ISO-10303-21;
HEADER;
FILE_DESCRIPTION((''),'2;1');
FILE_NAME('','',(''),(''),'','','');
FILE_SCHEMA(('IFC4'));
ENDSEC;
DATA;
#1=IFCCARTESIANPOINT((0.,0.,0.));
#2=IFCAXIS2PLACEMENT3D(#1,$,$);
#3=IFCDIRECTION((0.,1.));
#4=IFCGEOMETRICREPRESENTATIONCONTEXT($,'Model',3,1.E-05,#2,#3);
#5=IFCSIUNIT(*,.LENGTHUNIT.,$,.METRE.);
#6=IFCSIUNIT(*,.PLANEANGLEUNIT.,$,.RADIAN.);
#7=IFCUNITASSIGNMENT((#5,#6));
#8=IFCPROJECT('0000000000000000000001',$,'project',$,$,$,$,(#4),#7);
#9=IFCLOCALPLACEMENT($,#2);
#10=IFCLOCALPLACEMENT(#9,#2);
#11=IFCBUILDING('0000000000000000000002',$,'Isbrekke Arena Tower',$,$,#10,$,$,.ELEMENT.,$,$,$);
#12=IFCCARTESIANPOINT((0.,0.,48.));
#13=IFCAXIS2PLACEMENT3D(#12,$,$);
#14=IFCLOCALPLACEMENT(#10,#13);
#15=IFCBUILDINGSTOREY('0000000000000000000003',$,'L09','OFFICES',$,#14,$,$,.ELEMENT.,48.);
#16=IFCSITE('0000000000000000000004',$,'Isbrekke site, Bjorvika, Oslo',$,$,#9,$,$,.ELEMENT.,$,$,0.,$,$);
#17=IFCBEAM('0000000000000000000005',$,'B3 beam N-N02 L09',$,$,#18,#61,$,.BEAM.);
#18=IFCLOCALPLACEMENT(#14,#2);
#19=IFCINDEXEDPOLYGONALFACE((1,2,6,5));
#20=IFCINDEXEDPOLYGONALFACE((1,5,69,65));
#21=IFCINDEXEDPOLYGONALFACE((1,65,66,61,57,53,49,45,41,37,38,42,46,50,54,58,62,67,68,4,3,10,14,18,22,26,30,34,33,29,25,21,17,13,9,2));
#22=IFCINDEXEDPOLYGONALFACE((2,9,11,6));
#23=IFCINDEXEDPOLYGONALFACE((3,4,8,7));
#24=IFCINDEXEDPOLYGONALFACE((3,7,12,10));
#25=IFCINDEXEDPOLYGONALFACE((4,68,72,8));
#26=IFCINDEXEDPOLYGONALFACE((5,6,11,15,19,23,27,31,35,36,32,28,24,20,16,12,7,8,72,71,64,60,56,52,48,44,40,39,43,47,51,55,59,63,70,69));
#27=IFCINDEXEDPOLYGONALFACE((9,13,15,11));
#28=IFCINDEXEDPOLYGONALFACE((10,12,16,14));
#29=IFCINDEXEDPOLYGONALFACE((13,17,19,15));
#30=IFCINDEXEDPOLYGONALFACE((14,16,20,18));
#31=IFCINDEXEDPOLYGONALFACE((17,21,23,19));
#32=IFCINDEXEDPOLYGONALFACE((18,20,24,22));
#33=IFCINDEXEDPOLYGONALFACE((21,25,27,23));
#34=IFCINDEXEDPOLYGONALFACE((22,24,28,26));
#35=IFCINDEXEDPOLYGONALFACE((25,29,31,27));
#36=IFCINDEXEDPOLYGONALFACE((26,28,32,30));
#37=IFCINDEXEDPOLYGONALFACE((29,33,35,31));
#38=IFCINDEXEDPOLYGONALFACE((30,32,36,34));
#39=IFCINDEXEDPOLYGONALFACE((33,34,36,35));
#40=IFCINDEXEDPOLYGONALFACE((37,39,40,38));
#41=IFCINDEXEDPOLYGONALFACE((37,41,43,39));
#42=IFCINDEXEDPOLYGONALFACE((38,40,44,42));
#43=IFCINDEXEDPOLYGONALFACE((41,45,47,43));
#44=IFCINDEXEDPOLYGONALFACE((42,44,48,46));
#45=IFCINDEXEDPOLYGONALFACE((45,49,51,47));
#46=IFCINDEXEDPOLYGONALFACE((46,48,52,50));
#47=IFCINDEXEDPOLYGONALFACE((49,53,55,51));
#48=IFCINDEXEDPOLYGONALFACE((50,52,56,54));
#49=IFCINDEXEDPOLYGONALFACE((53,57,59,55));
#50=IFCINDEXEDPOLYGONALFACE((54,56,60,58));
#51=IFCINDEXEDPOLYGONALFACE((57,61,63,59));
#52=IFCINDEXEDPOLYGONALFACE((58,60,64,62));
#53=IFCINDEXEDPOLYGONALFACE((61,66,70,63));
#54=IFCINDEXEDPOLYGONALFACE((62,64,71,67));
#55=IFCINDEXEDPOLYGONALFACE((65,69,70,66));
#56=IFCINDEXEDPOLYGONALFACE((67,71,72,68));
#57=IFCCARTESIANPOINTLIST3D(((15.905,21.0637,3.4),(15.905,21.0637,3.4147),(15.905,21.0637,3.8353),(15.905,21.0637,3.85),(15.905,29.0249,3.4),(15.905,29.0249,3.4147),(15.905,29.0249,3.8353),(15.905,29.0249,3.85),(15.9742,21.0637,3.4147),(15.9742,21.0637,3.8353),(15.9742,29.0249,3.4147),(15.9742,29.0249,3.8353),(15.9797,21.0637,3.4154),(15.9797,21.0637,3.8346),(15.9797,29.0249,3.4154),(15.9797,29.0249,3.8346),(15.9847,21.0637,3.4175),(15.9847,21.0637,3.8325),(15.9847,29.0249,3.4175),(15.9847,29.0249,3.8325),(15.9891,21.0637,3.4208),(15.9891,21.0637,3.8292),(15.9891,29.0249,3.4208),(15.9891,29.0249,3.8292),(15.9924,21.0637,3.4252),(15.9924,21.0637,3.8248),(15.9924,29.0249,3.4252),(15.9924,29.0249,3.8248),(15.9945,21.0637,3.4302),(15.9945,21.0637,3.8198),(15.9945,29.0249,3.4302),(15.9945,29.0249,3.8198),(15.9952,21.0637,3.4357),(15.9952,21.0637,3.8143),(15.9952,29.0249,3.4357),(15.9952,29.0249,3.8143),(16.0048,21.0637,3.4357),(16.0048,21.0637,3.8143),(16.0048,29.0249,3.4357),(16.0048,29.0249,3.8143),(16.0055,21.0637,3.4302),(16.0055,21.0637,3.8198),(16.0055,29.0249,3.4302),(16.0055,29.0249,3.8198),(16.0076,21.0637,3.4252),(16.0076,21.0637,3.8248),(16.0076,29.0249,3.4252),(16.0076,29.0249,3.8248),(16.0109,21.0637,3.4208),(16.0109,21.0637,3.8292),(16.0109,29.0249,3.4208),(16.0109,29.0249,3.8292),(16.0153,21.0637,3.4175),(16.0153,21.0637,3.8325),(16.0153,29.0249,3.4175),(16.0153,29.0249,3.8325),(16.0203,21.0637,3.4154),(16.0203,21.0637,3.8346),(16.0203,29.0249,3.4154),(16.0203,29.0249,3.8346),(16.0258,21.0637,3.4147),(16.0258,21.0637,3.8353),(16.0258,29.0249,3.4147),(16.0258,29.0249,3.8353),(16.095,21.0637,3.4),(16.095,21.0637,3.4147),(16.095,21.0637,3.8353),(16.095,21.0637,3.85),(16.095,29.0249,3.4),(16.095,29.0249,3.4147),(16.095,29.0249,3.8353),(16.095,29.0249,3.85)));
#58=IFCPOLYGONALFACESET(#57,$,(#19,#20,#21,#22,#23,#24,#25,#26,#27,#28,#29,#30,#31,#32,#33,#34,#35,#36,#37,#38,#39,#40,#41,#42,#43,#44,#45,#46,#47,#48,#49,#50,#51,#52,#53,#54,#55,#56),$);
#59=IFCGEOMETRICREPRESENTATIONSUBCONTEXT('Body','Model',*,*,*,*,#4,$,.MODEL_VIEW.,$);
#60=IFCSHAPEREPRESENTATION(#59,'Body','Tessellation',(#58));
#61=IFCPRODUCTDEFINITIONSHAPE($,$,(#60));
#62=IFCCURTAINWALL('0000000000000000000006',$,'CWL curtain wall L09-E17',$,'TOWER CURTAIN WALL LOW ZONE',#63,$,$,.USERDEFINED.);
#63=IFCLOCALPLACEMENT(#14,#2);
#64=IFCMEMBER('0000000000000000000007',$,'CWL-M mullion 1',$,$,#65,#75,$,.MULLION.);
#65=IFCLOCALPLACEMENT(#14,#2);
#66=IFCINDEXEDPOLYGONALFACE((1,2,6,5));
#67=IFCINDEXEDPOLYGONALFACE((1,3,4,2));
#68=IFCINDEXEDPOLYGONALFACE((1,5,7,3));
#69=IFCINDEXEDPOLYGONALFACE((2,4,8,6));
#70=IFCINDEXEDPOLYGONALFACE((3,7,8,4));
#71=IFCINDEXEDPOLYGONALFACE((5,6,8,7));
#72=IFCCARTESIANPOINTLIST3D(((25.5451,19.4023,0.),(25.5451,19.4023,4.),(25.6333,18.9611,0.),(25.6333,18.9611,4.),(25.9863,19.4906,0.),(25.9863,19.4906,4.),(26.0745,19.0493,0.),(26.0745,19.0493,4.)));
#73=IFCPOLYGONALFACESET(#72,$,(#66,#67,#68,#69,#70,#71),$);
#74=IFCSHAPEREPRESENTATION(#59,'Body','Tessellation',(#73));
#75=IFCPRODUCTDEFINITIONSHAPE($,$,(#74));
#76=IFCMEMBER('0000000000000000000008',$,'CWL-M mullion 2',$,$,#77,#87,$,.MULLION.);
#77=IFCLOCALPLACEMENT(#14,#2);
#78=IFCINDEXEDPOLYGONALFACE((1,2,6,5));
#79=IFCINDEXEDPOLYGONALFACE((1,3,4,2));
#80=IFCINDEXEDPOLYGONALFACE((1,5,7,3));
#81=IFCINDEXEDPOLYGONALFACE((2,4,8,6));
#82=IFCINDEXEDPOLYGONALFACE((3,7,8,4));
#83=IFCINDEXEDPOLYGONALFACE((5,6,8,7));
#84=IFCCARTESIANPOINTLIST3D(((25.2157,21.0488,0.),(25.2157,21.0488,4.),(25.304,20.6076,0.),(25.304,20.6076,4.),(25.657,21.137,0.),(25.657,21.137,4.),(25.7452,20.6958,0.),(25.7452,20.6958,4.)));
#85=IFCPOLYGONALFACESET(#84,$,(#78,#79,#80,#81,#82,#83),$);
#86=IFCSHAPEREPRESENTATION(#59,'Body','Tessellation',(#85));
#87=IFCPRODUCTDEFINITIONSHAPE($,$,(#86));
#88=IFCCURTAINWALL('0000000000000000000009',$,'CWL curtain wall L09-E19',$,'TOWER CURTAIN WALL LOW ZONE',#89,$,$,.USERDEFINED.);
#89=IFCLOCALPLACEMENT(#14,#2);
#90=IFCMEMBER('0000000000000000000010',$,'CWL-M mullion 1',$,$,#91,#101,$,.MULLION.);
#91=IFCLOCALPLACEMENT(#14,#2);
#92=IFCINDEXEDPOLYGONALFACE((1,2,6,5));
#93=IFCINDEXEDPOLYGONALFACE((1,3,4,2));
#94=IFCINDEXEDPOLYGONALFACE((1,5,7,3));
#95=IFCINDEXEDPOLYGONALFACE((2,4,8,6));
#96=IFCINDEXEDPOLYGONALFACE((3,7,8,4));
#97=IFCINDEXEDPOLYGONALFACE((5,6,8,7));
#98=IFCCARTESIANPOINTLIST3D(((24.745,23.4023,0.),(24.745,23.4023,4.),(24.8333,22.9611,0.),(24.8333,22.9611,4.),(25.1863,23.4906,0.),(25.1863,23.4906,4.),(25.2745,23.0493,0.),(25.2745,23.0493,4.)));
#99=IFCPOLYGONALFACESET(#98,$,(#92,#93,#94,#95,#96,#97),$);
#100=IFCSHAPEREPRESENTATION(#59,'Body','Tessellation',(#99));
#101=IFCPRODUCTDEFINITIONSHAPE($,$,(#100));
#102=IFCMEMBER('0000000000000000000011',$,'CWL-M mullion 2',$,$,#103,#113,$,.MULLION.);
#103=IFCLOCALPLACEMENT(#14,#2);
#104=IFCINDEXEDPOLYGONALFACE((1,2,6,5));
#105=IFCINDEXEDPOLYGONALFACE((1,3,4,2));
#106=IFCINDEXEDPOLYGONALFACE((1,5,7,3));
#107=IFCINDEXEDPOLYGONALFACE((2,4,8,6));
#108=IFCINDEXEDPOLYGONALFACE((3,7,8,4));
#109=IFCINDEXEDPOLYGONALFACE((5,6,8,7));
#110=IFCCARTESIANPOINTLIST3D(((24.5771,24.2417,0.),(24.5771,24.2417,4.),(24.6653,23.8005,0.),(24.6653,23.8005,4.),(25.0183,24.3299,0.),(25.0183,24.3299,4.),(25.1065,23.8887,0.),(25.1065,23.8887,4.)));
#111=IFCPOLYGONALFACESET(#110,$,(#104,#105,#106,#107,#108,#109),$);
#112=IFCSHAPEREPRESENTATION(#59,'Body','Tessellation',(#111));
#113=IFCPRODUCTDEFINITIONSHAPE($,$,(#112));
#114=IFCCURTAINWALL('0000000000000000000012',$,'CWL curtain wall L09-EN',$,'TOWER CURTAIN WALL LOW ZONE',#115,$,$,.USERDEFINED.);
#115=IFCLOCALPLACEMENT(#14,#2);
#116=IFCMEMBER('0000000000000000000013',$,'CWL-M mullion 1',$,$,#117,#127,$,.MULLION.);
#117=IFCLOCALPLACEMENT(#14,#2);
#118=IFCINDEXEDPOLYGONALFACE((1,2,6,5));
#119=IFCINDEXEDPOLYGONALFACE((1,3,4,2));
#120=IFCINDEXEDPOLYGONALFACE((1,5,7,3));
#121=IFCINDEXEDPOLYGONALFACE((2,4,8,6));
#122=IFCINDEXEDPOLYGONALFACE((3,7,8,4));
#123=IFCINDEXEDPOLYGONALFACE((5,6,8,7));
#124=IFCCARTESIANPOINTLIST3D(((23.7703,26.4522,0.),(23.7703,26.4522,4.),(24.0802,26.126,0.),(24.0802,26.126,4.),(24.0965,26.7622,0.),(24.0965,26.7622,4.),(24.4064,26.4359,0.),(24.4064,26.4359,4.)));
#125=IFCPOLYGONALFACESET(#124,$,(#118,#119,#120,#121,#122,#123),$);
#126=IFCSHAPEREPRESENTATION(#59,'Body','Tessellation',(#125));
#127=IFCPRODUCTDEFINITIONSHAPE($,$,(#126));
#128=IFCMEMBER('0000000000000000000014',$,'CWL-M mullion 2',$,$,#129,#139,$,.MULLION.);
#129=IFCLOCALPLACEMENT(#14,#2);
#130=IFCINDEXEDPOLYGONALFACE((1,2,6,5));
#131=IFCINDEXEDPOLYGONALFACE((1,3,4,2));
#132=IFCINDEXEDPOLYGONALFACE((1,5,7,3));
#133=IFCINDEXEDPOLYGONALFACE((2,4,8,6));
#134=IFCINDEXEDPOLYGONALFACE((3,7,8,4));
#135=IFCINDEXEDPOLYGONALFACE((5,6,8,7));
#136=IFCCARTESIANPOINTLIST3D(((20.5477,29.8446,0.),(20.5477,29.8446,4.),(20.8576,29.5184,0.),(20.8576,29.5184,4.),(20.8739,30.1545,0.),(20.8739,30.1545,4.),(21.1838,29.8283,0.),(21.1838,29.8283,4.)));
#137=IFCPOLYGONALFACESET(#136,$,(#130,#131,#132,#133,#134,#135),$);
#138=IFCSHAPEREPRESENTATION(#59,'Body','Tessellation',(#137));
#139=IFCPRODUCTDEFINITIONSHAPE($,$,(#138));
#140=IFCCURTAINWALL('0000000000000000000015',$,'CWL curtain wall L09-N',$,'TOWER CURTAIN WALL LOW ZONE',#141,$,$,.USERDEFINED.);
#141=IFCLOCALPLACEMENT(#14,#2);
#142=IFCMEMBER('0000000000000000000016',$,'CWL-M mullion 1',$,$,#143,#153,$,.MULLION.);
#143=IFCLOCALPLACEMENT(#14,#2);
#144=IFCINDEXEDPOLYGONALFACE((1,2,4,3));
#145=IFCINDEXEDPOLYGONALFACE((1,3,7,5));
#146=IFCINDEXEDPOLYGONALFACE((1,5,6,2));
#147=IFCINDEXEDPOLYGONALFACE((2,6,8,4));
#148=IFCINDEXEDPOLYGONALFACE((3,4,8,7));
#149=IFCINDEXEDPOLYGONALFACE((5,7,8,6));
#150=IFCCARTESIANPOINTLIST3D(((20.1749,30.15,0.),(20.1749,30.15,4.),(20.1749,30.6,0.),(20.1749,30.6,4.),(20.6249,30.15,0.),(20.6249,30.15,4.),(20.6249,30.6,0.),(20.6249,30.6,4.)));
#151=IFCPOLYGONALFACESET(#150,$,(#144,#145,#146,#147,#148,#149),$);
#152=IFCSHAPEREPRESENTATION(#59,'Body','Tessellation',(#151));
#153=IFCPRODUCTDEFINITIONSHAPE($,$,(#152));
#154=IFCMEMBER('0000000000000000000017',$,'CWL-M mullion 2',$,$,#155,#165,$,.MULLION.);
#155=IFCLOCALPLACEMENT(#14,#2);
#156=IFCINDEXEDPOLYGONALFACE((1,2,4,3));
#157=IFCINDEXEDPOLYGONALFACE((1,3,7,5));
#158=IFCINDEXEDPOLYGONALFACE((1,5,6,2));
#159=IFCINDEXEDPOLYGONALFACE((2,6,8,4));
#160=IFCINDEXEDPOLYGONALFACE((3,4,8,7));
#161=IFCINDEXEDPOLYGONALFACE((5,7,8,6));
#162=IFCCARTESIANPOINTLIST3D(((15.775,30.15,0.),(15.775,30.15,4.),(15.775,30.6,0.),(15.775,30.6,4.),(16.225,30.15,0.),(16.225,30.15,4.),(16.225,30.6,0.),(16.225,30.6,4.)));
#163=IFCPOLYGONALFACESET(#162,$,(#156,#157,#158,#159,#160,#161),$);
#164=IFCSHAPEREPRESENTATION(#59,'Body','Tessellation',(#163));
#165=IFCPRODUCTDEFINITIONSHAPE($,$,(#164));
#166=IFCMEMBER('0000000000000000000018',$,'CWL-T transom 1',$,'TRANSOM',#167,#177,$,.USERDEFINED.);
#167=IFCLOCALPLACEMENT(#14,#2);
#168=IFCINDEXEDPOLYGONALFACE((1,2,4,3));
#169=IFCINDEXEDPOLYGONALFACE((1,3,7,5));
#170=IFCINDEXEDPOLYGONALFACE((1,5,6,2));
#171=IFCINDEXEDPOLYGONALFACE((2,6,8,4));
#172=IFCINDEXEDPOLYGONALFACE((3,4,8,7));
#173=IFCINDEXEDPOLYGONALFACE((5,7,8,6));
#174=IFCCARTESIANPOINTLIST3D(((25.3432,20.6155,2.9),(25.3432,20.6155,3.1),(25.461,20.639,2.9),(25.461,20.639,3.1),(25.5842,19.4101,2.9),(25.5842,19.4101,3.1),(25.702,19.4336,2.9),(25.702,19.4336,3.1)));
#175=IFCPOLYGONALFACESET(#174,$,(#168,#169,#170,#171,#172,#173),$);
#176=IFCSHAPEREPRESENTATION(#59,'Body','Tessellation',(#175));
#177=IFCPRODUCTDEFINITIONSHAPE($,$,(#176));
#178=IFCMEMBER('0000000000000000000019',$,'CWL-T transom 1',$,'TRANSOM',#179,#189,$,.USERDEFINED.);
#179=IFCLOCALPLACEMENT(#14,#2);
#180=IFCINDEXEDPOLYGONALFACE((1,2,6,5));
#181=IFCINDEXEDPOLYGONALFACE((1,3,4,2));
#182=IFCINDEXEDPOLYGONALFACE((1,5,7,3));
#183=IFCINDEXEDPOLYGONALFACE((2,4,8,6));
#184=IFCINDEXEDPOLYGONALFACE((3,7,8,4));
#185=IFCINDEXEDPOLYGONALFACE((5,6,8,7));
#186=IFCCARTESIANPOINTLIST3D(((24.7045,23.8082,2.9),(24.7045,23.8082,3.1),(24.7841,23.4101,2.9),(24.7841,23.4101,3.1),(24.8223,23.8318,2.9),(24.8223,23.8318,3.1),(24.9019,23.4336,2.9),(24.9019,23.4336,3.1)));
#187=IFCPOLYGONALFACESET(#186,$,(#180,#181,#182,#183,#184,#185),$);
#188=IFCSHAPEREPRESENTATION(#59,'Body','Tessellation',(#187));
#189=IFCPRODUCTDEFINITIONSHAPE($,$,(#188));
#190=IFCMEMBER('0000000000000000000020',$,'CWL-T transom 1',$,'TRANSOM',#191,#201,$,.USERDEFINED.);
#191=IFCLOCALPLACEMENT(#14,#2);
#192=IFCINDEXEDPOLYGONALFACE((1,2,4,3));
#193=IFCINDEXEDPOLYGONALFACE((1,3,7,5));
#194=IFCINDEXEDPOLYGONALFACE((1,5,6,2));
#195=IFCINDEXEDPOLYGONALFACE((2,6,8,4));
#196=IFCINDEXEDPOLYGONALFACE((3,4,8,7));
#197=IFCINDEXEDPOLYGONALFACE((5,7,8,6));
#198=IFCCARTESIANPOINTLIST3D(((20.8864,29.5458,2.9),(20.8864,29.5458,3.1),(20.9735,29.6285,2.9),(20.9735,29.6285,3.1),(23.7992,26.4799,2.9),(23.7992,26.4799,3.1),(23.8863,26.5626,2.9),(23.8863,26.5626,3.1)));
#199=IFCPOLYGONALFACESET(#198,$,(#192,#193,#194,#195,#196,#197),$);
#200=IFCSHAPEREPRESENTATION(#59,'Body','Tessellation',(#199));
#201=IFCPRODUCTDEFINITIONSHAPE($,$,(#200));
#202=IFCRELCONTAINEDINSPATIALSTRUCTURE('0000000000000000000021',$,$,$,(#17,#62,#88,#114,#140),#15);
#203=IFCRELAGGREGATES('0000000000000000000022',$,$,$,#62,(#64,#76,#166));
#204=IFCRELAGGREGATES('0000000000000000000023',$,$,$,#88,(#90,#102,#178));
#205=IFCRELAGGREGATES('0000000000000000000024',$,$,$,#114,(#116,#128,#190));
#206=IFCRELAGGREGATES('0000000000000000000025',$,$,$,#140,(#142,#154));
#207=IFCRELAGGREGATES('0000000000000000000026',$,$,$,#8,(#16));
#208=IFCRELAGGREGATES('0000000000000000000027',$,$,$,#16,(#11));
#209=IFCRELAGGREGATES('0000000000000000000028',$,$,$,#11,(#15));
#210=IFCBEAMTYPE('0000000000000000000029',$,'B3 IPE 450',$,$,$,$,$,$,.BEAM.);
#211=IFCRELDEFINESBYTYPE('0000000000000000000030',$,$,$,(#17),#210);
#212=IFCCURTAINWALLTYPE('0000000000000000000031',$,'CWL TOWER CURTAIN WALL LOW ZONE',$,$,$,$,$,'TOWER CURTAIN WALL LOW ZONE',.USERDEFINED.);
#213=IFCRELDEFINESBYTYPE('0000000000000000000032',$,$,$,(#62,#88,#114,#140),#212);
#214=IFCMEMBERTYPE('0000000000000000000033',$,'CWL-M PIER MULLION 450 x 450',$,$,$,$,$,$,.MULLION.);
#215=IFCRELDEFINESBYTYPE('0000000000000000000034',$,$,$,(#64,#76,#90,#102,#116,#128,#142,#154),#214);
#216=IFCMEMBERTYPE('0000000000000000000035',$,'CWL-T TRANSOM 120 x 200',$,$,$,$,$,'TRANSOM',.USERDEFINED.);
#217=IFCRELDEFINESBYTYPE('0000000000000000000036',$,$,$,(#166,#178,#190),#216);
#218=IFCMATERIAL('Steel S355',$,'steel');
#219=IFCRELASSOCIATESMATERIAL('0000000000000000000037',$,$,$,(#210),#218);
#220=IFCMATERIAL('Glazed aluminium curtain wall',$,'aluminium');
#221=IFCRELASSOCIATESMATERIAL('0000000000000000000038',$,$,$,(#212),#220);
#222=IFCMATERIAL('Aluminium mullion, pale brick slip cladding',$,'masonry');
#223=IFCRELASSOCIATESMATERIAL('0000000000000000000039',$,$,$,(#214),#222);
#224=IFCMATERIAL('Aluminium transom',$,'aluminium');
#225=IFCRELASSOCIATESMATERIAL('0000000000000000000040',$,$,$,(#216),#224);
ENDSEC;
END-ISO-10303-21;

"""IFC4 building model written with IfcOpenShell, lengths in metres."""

from ifc_helpers import new_model, si_unit, direction, frame, origin, origin_2d, place, context, subcontext, project, spatial, rectangle, i_section, extrude, material, material_profile, profile_set, type_object, element, aggregate, save


model = new_model("IFC4")

# Units and contexts
model_context = context("Model", 3, precision=1e-05, world=origin(), true_north=direction((0.0, 1.0)))
body_context = subcontext(model_context, "Body", "Model", "MODEL_VIEW")
ifc_project = project(units=[si_unit("LENGTHUNIT", "METRE"), si_unit("PLANEANGLEUNIT", "RADIAN")], contexts=[model_context])

# Site, building, storey
site_placement = place(None, origin())
site = spatial("IfcSite", under=ifc_project, at=site_placement, Name="Isbrekke site, Bjorvika, Oslo", CompositionType="ELEMENT", RefElevation=0.0)
building_placement = place(site_placement, origin())
building = spatial("IfcBuilding", under=site, at=building_placement, Name="Isbrekke Arena Tower", CompositionType="ELEMENT")
storey_placement = place(building_placement, frame((0.0, 0.0, 48.0)))
storey = spatial("IfcBuildingStorey", under=building, at=storey_placement, Name="L09", Description="OFFICES", CompositionType="ELEMENT", Elevation=48.0)

# Beam
ifc_material_1 = material(Name="Steel S355", Category="steel")
ifc_material_profile_1 = material_profile(ifc_material_1, i_section(OverallWidth=0.1899, OverallDepth=0.45, WebThickness=0.0095, FlangeThickness=0.0146, FilletRadius=0.021, at=origin_2d()), Name="IPE 450")
ifc_profile_set_1 = profile_set([ifc_material_profile_1], Name="Steel S355")
beam_type_1 = type_object("IfcBeamType", Name="B3 IPE 450", PredefinedType="BEAM", material=ifc_profile_set_1)
beam_1_placement = place(storey_placement, frame((16.0, 29.0249, 3.625), z_axis=(0.0, -1.0, 0.0), x_axis=(1.0, 0.0, 0.0)))
element("IfcBeam", 1, at=beam_1_placement, inside=storey, type_object=beam_type_1, Name="B3 beam N-N02 L09", PredefinedType="BEAM", context=body_context, shape_type="SweptSolid", body=[
    extrude(i_section(OverallWidth=0.1899, OverallDepth=0.45, WebThickness=0.0095, FlangeThickness=0.0146, FilletRadius=0.021, at=origin_2d()), origin(), (0.0, 0.0, 1.0), 7.9612),
])

# Curtain walls, members
ifc_material_2 = material(Name="Glazed aluminium curtain wall", Category="aluminium")
curtain_wall_type = type_object("IfcCurtainWallType", Name="CWL TOWER CURTAIN WALL LOW ZONE", ElementType="TOWER CURTAIN WALL LOW ZONE", PredefinedType="USERDEFINED", material=ifc_material_2)
curtain_wall_1_placement = place(storey_placement, origin())
curtain_wall_1 = element("IfcCurtainWall", 2, at=curtain_wall_1_placement, inside=storey, type_object=curtain_wall_type, Name="CWL curtain wall L09-E17", ObjectType="TOWER CURTAIN WALL LOW ZONE", PredefinedType="USERDEFINED")
ifc_material_3 = material(Name="Aluminium mullion, pale brick slip cladding", Category="masonry")
ifc_material_profile_2 = material_profile(ifc_material_3, rectangle(XDim=0.45, YDim=0.45, at=origin_2d()), Name="PIER 450X450")
ifc_profile_set_2 = profile_set([ifc_material_profile_2], Name="Aluminium mullion, pale brick slip cladding")
member_type_1 = type_object("IfcMemberType", Name="CWL-M PIER MULLION 450 x 450", PredefinedType="MULLION", material=ifc_profile_set_2)
member_1_placement = place(storey_placement, frame((25.8098, 19.2258, 0.0), z_axis=(0.0, 0.0, 1.0), x_axis=(-0.196116, 0.980581, 0.0)))
member_1 = element("IfcMember", 3, at=member_1_placement, type_object=member_type_1, Name="CWL-M mullion 1", PredefinedType="MULLION", context=body_context, shape_type="SweptSolid", body=[
    extrude(rectangle(XDim=0.45, YDim=0.45, at=origin_2d()), origin(), (0.0, 0.0, 1.0), 4.0),
])
member_2_placement = place(storey_placement, frame((25.4805, 20.8723, 0.0), z_axis=(0.0, 0.0, 1.0), x_axis=(-0.196116, 0.980581, 0.0)))
member_2 = element("IfcMember", 4, at=member_2_placement, type_object=member_type_1, Name="CWL-M mullion 2", PredefinedType="MULLION", context=body_context, shape_type="SweptSolid", body=[
    extrude(rectangle(XDim=0.45, YDim=0.45, at=origin_2d()), origin(), (0.0, 0.0, 1.0), 4.0),
])
curtain_wall_2_placement = place(storey_placement, origin())
curtain_wall_2 = element("IfcCurtainWall", 5, at=curtain_wall_2_placement, inside=storey, type_object=curtain_wall_type, Name="CWL curtain wall L09-E19", ObjectType="TOWER CURTAIN WALL LOW ZONE", PredefinedType="USERDEFINED")
member_3_placement = place(storey_placement, frame((25.0098, 23.2258, 0.0), z_axis=(0.0, 0.0, 1.0), x_axis=(-0.196116, 0.980581, 0.0)))
member_3 = element("IfcMember", 6, at=member_3_placement, type_object=member_type_1, Name="CWL-M mullion 1", PredefinedType="MULLION", context=body_context, shape_type="SweptSolid", body=[
    extrude(rectangle(XDim=0.45, YDim=0.45, at=origin_2d()), origin(), (0.0, 0.0, 1.0), 4.0),
])
member_4_placement = place(storey_placement, frame((24.8418, 24.0652, 0.0), z_axis=(0.0, 0.0, 1.0), x_axis=(-0.196116, 0.980581, 0.0)))
member_4 = element("IfcMember", 7, at=member_4_placement, type_object=member_type_1, Name="CWL-M mullion 2", PredefinedType="MULLION", context=body_context, shape_type="SweptSolid", body=[
    extrude(rectangle(XDim=0.45, YDim=0.45, at=origin_2d()), origin(), (0.0, 0.0, 1.0), 4.0),
])
curtain_wall_3_placement = place(storey_placement, origin())
curtain_wall_3 = element("IfcCurtainWall", 8, at=curtain_wall_3_placement, inside=storey, type_object=curtain_wall_type, Name="CWL curtain wall L09-EN", ObjectType="TOWER CURTAIN WALL LOW ZONE", PredefinedType="USERDEFINED")
member_5_placement = place(storey_placement, frame((24.0884, 26.4441, 0.0), z_axis=(0.0, 0.0, 1.0), x_axis=(-0.688749, 0.724999, 0.0)))
member_5 = element("IfcMember", 9, at=member_5_placement, type_object=member_type_1, Name="CWL-M mullion 1", PredefinedType="MULLION", context=body_context, shape_type="SweptSolid", body=[
    extrude(rectangle(XDim=0.45, YDim=0.45, at=origin_2d()), origin(), (0.0, 0.0, 1.0), 4.0),
])
member_6_placement = place(storey_placement, frame((20.8657, 29.8364, 0.0), z_axis=(0.0, 0.0, 1.0), x_axis=(-0.688749, 0.724999, 0.0)))
member_6 = element("IfcMember", 10, at=member_6_placement, type_object=member_type_1, Name="CWL-M mullion 2", PredefinedType="MULLION", context=body_context, shape_type="SweptSolid", body=[
    extrude(rectangle(XDim=0.45, YDim=0.45, at=origin_2d()), origin(), (0.0, 0.0, 1.0), 4.0),
])
curtain_wall_4_placement = place(storey_placement, origin())
curtain_wall_4 = element("IfcCurtainWall", 11, at=curtain_wall_4_placement, inside=storey, type_object=curtain_wall_type, Name="CWL curtain wall L09-N", ObjectType="TOWER CURTAIN WALL LOW ZONE", PredefinedType="USERDEFINED")
member_7_placement = place(storey_placement, frame((20.3999, 30.375, 0.0), z_axis=(0.0, 0.0, 1.0), x_axis=(-1.0, 0.0, 0.0)))
member_7 = element("IfcMember", 12, at=member_7_placement, type_object=member_type_1, Name="CWL-M mullion 1", PredefinedType="MULLION", context=body_context, shape_type="SweptSolid", body=[
    extrude(rectangle(XDim=0.45, YDim=0.45, at=origin_2d()), origin(), (0.0, 0.0, 1.0), 4.0),
])
member_8_placement = place(storey_placement, frame((16.0, 30.375, 0.0), z_axis=(0.0, 0.0, 1.0), x_axis=(-1.0, 0.0, 0.0)))
member_8 = element("IfcMember", 13, at=member_8_placement, type_object=member_type_1, Name="CWL-M mullion 2", PredefinedType="MULLION", context=body_context, shape_type="SweptSolid", body=[
    extrude(rectangle(XDim=0.45, YDim=0.45, at=origin_2d()), origin(), (0.0, 0.0, 1.0), 4.0),
])

# Members
ifc_material_4 = material(Name="Aluminium transom", Category="aluminium")
ifc_material_profile_3 = material_profile(ifc_material_4, rectangle(XDim=0.1201, YDim=0.2, at=origin_2d()), Name="TRANSOM 120X200")
ifc_profile_set_3 = profile_set([ifc_material_profile_3], Name="Aluminium transom")
member_type_2 = type_object("IfcMemberType", Name="CWL-T TRANSOM 120 x 200", ElementType="TRANSOM", PredefinedType="USERDEFINED", material=ifc_profile_set_3)
member_9_placement = place(storey_placement, frame((25.6431, 19.4219, 3.0), z_axis=(-0.19604, 0.980596, 0.0), x_axis=(-0.980596, -0.19604, 0.0)))
member_9 = element("IfcMember", 14, at=member_9_placement, type_object=member_type_2, Name="CWL-T transom 1", ObjectType="TRANSOM", PredefinedType="USERDEFINED", context=body_context, shape_type="SweptSolid", body=[
    extrude(rectangle(XDim=0.1201, YDim=0.2, at=origin_2d()), origin(), (0.0, 0.0, 1.0), 1.2292),
])
member_10_placement = place(storey_placement, frame((24.843, 23.4219, 3.0), z_axis=(-0.196001, 0.980604, 0.0), x_axis=(-0.980604, -0.196001, 0.0)))
member_10 = element("IfcMember", 15, at=member_10_placement, type_object=member_type_2, Name="CWL-T transom 1", ObjectType="TRANSOM", PredefinedType="USERDEFINED", context=body_context, shape_type="SweptSolid", body=[
    extrude(rectangle(XDim=0.1201, YDim=0.2, at=origin_2d()), origin(), (0.0, 0.0, 1.0), 0.406),
])
member_11_placement = place(storey_placement, frame((23.8428, 26.5212, 3.0), z_axis=(-0.688777, 0.724973, 0.0), x_axis=(-0.724973, -0.688777, 0.0)))
member_11 = element("IfcMember", 16, at=member_11_placement, type_object=member_type_2, Name="CWL-T transom 1", ObjectType="TRANSOM", PredefinedType="USERDEFINED", context=body_context, shape_type="SweptSolid", body=[
    extrude(rectangle(XDim=0.1201, YDim=0.2, at=origin_2d()), origin(), (0.0, 0.0, 1.0), 4.229),
])

aggregate(curtain_wall_1, [member_1, member_2, member_9])
aggregate(curtain_wall_2, [member_3, member_4, member_10])
aggregate(curtain_wall_3, [member_5, member_6, member_11])
aggregate(curtain_wall_4, [member_7, member_8])

save(model, "model.ifc")
